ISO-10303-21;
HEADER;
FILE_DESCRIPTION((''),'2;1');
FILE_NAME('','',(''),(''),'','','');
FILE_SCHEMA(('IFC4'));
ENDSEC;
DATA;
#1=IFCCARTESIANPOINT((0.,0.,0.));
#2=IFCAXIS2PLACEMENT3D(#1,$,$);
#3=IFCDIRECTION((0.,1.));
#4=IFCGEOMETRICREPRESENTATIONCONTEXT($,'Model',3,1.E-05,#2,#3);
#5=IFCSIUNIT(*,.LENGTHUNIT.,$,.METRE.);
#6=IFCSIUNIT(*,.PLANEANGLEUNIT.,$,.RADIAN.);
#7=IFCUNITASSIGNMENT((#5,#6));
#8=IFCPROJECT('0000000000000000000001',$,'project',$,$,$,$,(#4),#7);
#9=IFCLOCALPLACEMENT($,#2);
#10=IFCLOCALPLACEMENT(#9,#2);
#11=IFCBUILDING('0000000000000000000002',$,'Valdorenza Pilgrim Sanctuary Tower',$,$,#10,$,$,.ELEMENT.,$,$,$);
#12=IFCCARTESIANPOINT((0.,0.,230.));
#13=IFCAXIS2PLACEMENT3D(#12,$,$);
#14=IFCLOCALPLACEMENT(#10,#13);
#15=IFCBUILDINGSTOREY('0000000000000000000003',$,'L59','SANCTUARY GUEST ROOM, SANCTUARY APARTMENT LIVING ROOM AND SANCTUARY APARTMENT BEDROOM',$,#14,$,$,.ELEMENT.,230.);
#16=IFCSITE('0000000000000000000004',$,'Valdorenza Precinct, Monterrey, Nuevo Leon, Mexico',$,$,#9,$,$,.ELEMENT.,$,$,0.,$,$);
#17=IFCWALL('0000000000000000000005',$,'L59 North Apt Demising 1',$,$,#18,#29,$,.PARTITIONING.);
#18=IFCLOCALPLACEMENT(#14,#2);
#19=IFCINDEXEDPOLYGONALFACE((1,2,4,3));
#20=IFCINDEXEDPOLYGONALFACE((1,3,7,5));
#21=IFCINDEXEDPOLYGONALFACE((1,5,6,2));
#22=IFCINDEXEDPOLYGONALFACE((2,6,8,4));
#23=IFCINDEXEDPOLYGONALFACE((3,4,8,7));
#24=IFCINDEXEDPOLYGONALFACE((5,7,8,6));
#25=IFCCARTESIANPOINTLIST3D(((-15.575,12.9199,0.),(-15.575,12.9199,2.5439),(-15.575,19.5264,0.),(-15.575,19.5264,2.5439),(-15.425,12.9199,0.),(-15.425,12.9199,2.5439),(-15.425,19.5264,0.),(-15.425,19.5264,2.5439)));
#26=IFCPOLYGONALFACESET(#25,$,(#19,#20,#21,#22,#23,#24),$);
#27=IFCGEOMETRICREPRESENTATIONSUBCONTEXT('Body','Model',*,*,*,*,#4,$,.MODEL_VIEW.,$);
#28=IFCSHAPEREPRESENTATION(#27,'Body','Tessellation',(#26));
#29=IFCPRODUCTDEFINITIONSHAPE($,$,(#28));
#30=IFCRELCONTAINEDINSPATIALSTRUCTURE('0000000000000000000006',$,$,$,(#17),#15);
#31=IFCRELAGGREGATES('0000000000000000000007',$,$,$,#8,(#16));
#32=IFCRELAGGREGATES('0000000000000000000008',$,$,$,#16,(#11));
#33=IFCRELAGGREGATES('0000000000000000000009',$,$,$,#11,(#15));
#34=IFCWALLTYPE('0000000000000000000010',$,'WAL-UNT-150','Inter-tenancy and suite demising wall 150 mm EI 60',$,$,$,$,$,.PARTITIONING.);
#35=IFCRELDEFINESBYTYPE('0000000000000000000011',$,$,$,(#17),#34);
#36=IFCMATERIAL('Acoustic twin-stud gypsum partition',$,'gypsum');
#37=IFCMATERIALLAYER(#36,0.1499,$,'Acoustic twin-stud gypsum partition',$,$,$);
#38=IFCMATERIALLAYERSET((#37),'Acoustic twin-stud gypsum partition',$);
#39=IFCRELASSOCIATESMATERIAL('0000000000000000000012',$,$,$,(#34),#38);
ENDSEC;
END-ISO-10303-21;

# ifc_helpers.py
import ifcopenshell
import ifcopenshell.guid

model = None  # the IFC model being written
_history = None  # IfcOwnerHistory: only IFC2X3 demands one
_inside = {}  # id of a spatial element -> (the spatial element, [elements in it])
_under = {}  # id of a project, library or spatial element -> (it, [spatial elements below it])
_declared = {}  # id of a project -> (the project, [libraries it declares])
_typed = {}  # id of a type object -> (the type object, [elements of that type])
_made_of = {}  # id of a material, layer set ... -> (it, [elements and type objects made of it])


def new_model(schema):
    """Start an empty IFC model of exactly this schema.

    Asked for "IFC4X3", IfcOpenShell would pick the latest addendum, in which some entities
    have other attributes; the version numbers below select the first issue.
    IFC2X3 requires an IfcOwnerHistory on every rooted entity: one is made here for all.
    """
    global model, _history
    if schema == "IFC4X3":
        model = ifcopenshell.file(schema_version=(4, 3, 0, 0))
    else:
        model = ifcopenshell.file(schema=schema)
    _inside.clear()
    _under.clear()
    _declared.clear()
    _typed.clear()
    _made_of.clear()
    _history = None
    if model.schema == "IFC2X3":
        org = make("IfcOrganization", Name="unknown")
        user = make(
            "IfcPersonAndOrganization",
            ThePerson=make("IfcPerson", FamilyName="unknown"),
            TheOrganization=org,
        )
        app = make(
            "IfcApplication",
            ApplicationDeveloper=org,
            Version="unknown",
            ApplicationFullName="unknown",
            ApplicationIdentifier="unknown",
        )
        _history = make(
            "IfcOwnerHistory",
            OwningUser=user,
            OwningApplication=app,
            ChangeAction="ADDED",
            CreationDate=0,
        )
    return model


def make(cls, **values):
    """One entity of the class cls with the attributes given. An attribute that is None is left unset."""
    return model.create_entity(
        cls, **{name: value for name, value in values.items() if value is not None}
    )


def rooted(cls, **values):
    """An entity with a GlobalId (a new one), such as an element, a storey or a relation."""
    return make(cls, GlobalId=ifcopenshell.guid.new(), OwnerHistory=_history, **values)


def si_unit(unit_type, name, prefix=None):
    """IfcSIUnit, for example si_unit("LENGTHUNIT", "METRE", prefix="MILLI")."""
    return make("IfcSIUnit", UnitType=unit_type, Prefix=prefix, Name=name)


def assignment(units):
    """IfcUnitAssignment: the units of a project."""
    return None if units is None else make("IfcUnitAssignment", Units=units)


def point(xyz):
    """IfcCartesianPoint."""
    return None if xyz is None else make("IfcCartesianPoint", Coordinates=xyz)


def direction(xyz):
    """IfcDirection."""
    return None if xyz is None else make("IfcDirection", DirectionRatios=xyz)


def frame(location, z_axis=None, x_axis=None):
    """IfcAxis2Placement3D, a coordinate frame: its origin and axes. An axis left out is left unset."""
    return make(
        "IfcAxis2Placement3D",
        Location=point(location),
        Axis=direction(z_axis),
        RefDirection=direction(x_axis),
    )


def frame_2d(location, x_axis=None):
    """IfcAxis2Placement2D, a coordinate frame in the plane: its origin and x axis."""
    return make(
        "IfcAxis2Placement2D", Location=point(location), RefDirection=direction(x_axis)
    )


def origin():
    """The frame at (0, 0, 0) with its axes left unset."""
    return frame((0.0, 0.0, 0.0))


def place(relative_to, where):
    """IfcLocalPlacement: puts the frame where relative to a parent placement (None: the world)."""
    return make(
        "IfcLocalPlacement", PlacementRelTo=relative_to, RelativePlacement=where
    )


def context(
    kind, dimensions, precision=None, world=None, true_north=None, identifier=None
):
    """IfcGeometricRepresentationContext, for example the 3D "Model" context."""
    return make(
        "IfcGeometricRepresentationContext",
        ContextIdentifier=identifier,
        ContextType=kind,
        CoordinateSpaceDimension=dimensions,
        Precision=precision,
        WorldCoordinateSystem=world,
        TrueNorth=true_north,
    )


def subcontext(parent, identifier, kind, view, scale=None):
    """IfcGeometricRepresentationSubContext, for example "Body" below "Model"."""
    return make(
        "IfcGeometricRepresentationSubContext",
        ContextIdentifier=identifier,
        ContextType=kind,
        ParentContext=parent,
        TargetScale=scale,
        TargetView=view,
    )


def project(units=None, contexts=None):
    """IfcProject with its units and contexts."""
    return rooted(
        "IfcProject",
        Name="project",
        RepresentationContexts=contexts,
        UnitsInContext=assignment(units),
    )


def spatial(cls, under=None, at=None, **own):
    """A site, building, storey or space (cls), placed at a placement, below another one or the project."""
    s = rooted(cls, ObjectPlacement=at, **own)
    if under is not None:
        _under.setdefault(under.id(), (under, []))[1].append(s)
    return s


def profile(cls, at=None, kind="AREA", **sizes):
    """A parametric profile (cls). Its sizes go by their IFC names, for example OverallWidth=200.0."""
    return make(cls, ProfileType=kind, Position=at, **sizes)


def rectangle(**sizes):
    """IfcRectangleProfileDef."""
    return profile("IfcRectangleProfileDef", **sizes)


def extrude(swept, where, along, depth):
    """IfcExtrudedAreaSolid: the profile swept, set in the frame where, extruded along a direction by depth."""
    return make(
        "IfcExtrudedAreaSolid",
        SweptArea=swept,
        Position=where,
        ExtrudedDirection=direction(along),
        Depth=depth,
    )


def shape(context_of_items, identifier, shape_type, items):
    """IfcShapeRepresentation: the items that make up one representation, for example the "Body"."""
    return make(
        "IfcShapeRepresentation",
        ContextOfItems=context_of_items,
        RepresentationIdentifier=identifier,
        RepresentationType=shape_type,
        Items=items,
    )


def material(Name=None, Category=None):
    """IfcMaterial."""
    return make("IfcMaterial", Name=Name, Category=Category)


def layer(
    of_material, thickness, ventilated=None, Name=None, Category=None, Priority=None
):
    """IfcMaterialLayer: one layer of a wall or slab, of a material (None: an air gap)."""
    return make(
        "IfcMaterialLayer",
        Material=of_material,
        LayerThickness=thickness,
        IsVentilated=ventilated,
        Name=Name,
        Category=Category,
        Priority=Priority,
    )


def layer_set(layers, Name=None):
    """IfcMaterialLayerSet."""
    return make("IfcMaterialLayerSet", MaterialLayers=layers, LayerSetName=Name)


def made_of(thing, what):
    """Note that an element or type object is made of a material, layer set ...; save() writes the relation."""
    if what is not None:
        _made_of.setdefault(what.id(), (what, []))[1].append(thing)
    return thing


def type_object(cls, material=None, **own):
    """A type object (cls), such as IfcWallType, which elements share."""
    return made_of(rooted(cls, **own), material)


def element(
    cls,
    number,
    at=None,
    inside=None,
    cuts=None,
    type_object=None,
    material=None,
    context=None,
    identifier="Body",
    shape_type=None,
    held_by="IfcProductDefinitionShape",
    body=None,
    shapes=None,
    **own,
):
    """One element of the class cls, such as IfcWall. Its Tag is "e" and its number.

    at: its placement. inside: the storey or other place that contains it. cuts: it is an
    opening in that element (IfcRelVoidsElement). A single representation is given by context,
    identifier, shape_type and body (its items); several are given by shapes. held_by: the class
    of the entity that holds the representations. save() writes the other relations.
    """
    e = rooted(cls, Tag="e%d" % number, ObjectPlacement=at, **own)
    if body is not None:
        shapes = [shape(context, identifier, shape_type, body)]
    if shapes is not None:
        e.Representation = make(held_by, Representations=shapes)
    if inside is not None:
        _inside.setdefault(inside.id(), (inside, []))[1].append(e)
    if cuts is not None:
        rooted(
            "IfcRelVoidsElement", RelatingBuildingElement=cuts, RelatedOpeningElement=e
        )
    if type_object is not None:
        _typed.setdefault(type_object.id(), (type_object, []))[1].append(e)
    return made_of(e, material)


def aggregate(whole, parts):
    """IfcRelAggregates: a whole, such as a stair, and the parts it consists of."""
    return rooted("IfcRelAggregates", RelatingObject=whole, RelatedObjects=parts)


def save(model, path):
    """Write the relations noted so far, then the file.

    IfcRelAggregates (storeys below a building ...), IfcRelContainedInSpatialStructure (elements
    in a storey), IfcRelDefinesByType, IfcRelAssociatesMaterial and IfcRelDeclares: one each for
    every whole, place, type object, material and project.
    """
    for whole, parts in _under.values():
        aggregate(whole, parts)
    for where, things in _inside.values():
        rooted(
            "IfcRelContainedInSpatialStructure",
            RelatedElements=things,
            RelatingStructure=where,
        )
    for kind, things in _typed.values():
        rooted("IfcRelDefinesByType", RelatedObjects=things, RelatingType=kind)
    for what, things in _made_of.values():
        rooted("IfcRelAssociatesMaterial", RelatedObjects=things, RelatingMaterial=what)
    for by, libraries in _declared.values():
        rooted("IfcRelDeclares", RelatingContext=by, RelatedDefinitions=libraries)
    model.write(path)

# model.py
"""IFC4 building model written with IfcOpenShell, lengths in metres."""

from ifc_helpers import new_model, si_unit, direction, frame, frame_2d, origin, place, context, subcontext, project, spatial, rectangle, extrude, material, layer, layer_set, type_object, element, save


model = new_model("IFC4")

# Units and contexts
model_context = context("Model", 3, precision=1e-05, world=origin(), true_north=direction((0.0, 1.0)))
body_context = subcontext(model_context, "Body", "Model", "MODEL_VIEW")
ifc_project = project(units=[si_unit("LENGTHUNIT", "METRE"), si_unit("PLANEANGLEUNIT", "RADIAN")], contexts=[model_context])

# Site, building, storey
site_placement = place(None, origin())
site = spatial("IfcSite", under=ifc_project, at=site_placement, Name="Valdorenza Precinct, Monterrey, Nuevo Leon, Mexico", CompositionType="ELEMENT", RefElevation=0.0)
building_placement = place(site_placement, origin())
building = spatial("IfcBuilding", under=site, at=building_placement, Name="Valdorenza Pilgrim Sanctuary Tower", CompositionType="ELEMENT")
storey_placement = place(building_placement, frame((0.0, 0.0, 230.0)))
storey = spatial("IfcBuildingStorey", under=building, at=storey_placement, Name="L59", Description="SANCTUARY GUEST ROOM, SANCTUARY APARTMENT LIVING ROOM AND SANCTUARY APARTMENT BEDROOM", CompositionType="ELEMENT", Elevation=230.0)

# Shared definitions
ifc_material_1 = material(Name="Acoustic twin-stud gypsum partition", Category="gypsum")

# Wall
ifc_layer_1 = layer(ifc_material_1, 0.1499, Name="Acoustic twin-stud gypsum partition")
ifc_layer_set_1 = layer_set([ifc_layer_1], Name="Acoustic twin-stud gypsum partition")
wall_type_1 = type_object("IfcWallType", Name="WAL-UNT-150", Description="Inter-tenancy and suite demising wall 150 mm EI 60", PredefinedType="PARTITIONING", material=ifc_layer_set_1)
wall_1_placement = place(storey_placement, frame((-15.5, 12.9199, 0.0), z_axis=(0.0, 0.0, 1.0), x_axis=(0.0, 1.0, 0.0)))
element("IfcWall", 1, at=wall_1_placement, inside=storey, type_object=wall_type_1, Name="L59 North Apt Demising 1", PredefinedType="PARTITIONING", context=body_context, shape_type="SweptSolid", body=[
    extrude(rectangle(XDim=6.6064, YDim=0.1499, at=frame_2d((3.3032, 0.0))), origin(), (0.0, 0.0, 1.0), 2.5439),
])

save(model, "model.ifc")
